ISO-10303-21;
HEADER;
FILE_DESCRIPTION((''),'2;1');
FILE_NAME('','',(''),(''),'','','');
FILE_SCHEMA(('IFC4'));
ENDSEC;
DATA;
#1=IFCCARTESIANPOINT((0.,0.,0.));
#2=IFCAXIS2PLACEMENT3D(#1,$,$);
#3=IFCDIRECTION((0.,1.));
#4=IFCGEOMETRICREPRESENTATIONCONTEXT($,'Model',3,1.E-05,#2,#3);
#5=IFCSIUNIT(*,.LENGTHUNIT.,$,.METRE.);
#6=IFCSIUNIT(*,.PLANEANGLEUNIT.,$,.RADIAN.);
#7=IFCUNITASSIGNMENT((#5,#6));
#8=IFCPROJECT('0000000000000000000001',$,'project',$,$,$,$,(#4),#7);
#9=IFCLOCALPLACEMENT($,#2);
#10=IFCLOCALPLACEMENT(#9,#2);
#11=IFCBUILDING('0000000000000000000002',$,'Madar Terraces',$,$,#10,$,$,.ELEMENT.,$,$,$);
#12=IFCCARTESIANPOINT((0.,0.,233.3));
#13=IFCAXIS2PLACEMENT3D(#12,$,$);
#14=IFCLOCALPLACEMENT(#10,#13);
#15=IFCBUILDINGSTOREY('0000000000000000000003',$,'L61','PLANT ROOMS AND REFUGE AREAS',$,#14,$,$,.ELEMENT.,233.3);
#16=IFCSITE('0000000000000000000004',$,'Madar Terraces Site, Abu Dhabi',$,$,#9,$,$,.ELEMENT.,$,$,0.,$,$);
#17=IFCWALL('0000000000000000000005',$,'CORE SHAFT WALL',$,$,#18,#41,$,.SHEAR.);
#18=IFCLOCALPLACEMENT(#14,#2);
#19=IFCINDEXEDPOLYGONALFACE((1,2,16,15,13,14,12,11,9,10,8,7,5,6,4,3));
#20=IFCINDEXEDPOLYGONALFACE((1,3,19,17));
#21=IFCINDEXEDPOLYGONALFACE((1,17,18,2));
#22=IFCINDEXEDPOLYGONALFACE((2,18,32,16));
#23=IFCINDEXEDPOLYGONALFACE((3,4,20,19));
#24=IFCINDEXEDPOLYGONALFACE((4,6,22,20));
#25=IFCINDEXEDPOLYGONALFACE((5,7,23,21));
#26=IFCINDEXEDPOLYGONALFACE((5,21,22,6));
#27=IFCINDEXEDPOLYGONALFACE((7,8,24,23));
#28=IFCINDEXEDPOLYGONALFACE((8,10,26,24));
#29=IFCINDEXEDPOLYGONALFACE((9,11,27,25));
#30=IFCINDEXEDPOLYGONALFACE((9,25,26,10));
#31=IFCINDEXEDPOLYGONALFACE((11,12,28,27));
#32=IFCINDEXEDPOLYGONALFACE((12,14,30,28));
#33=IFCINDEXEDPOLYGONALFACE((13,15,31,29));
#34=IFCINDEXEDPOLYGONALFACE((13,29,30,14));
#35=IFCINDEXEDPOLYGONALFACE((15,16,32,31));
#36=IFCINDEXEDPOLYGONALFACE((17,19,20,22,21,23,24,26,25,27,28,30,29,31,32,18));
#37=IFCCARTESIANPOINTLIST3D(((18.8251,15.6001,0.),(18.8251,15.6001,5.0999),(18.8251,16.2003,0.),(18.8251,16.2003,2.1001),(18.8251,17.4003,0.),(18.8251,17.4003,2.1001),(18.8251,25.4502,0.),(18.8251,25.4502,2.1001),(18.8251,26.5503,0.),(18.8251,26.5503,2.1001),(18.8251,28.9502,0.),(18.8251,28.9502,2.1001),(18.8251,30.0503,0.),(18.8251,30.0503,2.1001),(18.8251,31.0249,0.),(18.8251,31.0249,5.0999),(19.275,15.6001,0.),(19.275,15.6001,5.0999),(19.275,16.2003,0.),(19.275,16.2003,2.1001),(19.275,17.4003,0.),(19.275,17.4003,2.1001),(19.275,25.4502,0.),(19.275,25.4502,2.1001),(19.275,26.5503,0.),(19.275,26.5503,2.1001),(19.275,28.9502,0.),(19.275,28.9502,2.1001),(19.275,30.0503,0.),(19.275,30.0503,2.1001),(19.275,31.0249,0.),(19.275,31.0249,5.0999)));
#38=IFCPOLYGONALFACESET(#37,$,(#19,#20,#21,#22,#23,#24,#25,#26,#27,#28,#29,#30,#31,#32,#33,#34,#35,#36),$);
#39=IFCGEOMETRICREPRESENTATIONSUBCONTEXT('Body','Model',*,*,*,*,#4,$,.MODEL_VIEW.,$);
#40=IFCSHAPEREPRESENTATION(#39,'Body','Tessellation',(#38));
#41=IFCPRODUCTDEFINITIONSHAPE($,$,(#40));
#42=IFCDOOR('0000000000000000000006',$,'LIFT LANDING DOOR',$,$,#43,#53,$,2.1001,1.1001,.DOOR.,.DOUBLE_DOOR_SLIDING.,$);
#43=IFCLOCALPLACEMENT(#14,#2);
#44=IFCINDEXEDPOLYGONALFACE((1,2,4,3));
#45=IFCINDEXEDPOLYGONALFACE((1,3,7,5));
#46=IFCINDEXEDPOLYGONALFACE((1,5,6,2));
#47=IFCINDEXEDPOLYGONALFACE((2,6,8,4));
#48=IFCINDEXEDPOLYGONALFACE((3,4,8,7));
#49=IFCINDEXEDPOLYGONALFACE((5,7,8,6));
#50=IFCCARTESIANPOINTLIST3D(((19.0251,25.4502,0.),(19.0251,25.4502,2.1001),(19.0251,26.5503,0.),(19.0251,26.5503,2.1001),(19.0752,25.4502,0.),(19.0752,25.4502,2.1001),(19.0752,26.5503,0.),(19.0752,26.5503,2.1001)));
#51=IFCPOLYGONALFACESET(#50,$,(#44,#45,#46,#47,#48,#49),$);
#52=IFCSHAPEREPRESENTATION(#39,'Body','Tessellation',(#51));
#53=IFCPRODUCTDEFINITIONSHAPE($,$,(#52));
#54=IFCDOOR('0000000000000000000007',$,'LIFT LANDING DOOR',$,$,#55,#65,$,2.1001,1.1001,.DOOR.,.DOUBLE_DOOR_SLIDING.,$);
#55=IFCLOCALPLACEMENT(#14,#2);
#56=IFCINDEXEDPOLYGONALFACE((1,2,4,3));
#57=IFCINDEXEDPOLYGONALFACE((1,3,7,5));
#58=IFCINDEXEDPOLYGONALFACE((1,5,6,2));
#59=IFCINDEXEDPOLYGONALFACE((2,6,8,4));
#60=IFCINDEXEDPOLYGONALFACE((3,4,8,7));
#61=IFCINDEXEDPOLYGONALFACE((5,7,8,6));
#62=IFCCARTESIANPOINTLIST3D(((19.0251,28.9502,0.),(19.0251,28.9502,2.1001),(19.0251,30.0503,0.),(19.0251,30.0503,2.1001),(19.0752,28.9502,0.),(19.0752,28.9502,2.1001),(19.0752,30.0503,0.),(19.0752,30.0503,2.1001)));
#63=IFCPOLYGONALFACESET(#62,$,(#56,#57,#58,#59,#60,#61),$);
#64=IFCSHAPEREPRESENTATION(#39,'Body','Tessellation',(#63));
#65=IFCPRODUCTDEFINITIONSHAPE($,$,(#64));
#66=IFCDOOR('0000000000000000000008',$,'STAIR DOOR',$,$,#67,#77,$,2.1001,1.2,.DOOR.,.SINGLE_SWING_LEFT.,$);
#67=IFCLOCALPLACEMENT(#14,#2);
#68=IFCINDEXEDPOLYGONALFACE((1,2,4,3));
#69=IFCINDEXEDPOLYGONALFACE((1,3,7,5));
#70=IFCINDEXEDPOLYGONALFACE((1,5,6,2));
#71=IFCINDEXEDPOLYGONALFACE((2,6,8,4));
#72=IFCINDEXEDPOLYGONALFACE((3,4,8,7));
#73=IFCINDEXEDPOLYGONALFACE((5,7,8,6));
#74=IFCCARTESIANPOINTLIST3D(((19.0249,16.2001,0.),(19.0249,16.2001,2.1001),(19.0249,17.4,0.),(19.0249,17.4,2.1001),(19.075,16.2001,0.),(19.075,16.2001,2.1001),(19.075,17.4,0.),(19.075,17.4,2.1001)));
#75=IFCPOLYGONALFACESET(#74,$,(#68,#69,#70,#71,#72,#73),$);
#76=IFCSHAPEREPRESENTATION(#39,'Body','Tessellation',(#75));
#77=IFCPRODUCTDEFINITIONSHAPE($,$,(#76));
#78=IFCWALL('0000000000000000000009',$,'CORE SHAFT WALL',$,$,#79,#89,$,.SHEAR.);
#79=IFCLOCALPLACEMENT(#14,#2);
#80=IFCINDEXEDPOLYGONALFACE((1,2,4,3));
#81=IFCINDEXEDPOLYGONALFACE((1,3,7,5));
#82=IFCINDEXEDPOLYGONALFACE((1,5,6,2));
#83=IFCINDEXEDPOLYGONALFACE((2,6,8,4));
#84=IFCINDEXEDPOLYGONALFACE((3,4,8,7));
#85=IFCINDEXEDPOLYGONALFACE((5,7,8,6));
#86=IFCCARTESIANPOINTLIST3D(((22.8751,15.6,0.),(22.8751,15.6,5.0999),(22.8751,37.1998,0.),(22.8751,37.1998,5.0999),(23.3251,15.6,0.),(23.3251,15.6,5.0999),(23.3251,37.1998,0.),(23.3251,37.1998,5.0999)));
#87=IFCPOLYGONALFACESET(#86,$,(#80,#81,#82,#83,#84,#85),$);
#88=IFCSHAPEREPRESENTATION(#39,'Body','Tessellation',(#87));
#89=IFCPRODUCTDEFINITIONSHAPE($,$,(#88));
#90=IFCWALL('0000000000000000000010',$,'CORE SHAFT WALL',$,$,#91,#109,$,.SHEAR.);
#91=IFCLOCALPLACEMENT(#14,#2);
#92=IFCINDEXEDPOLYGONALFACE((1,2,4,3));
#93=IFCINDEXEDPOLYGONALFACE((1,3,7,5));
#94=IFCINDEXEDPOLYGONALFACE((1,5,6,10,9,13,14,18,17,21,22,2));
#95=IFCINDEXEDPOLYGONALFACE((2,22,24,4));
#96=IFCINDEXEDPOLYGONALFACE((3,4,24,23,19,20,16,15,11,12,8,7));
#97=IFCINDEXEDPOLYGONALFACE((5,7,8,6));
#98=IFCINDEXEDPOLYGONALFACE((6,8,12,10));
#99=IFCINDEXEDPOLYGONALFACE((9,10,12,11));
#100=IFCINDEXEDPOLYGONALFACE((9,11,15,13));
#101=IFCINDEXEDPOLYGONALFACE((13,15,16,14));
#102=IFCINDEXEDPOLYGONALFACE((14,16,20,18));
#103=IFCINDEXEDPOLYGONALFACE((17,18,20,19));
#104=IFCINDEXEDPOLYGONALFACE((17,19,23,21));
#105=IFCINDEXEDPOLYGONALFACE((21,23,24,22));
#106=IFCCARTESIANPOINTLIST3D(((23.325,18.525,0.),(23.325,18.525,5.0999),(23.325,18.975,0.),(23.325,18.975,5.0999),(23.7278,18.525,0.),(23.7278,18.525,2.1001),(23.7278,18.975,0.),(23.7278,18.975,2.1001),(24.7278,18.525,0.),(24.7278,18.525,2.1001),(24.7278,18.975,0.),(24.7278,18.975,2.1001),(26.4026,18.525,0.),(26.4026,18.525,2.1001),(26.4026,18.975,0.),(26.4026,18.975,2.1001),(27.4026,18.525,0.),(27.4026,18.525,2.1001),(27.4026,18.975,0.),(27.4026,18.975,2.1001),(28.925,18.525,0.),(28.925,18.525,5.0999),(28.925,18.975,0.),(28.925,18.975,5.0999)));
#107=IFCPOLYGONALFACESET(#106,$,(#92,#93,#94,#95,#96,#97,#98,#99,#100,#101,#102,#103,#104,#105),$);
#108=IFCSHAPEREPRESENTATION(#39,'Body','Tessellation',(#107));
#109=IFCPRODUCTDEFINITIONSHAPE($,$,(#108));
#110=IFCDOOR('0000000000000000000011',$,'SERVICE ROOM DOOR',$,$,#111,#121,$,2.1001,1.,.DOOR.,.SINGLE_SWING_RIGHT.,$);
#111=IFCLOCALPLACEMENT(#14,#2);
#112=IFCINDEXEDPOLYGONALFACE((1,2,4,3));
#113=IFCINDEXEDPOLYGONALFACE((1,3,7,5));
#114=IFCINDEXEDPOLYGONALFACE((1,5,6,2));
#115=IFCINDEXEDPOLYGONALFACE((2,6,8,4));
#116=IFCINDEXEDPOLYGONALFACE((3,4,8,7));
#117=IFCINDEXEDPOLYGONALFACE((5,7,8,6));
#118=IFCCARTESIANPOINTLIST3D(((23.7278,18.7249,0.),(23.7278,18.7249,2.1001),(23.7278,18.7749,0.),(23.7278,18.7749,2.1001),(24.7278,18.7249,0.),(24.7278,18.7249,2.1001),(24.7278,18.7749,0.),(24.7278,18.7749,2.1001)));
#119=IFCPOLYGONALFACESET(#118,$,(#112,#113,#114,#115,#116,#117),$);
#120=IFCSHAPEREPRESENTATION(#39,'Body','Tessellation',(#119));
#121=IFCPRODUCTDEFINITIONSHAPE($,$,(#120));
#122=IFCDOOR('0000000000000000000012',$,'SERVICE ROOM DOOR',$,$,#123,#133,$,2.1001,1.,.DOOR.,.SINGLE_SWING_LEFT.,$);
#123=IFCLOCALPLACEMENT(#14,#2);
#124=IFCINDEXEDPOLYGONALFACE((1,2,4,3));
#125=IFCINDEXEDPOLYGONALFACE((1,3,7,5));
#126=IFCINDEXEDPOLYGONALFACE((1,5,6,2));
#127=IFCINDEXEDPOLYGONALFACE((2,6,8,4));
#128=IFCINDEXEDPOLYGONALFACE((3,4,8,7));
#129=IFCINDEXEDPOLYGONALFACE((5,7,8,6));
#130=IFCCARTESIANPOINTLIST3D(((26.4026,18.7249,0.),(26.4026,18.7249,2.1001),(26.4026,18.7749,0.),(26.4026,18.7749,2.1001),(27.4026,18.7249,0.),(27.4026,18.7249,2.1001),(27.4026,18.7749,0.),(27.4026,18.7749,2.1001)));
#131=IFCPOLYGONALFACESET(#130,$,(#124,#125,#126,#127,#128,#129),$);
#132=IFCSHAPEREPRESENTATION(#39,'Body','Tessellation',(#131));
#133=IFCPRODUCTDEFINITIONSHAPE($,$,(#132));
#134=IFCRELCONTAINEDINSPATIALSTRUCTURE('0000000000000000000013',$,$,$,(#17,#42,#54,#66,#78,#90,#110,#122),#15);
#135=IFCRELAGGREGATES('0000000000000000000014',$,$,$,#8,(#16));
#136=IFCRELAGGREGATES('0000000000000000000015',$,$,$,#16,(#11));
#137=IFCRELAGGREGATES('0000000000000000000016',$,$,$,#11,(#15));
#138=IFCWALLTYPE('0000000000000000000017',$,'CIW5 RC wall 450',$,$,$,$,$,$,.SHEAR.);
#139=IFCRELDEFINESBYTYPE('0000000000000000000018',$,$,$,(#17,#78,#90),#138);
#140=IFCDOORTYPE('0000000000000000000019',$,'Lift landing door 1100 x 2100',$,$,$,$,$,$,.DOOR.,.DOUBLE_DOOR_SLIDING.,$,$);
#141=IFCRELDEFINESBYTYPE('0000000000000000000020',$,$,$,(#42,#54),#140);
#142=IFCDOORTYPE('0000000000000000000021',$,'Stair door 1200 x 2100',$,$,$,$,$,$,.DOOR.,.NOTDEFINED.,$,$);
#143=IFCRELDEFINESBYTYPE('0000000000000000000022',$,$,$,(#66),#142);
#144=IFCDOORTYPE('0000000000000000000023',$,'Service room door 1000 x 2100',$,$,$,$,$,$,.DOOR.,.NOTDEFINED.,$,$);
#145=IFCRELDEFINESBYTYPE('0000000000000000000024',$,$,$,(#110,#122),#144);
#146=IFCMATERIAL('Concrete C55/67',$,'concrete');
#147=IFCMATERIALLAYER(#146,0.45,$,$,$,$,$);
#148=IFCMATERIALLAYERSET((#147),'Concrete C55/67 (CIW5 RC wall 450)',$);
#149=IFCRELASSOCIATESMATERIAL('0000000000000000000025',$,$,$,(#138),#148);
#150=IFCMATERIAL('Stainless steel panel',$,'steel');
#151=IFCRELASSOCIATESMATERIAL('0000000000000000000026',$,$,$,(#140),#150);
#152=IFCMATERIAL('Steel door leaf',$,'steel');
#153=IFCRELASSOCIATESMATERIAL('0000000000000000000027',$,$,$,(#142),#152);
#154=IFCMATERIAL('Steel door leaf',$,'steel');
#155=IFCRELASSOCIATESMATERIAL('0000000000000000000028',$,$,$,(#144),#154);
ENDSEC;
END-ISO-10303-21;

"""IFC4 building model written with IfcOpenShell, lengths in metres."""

from ifc_helpers import new_model, si_unit, direction, frame, frame_2d, origin, place, context, subcontext, project, spatial, rectangle, extrude, material, layer, layer_set, type_object, element, fill, save


model = new_model("IFC4")

# Units and contexts
model_context = context("Model", 3, precision=1e-05, world=origin(), true_north=direction((0.0, 1.0)))
body_context = subcontext(model_context, "Body", "Model", "MODEL_VIEW")
ifc_project = project(units=[si_unit("LENGTHUNIT", "METRE"), si_unit("PLANEANGLEUNIT", "RADIAN")], contexts=[model_context])

# Site, building, storey
site_placement = place(None, origin())
site = spatial("IfcSite", under=ifc_project, at=site_placement, Name="Madar Terraces Site, Abu Dhabi", CompositionType="ELEMENT", RefElevation=0.0)
building_placement = place(site_placement, origin())
building = spatial("IfcBuilding", under=site, at=building_placement, Name="Madar Terraces", CompositionType="ELEMENT")
storey_placement = place(building_placement, frame((0.0, 0.0, 233.3)))
storey = spatial("IfcBuildingStorey", under=building, at=storey_placement, Name="L61", Description="PLANT ROOMS AND REFUGE AREAS", CompositionType="ELEMENT", Elevation=233.3)

# Wall, openings, doors
ifc_material_1 = material(Name="Concrete C55/67", Category="concrete")
ifc_layer_1 = layer(ifc_material_1, 0.45)
ifc_layer_set_1 = layer_set([ifc_layer_1], Name="Concrete C55/67 (CIW5 RC wall 450)")
wall_type_1 = type_object("IfcWallType", Name="CIW5 RC wall 450", PredefinedType="SHEAR", material=ifc_layer_set_1)
wall_1_placement = place(storey_placement, frame((19.05, 15.6001, 0.0), z_axis=(0.0, 0.0, 1.0), x_axis=(0.0, 1.0, 0.0)))
wall_1 = element("IfcWall", 1, at=wall_1_placement, inside=storey, type_object=wall_type_1, Name="CORE SHAFT WALL", PredefinedType="SHEAR", context=body_context, shape_type="SweptSolid", body=[
    extrude(rectangle(XDim=15.4248, YDim=0.45, at=frame_2d((7.7124, 0.0))), origin(), (0.0, 0.0, 1.0), 5.0999),
])
opening_1_placement = place(wall_1_placement, frame((9.8501, 0.0, 0.0)))
opening_1 = element("IfcOpeningElement", 2, at=opening_1_placement, cuts=wall_1, PredefinedType="OPENING", context=body_context, shape_type="SweptSolid", body=[
    extrude(rectangle(XDim=1.1001, YDim=2.1001, at=frame_2d((0.55, 1.05))), frame((0.0, 0.2349, 0.0), z_axis=(0.0, -1.0, 0.0), x_axis=(1.0, 0.0, 0.0)), (0.0, 0.0, 1.0), 0.47),
])
opening_2_placement = place(wall_1_placement, frame((13.3501, 0.0, 0.0)))
opening_2 = element("IfcOpeningElement", 3, at=opening_2_placement, cuts=wall_1, PredefinedType="OPENING", context=body_context, shape_type="SweptSolid", body=[
    extrude(rectangle(XDim=1.1001, YDim=2.1001, at=frame_2d((0.55, 1.05))), frame((0.0, 0.2349, 0.0), z_axis=(0.0, -1.0, 0.0), x_axis=(1.0, 0.0, 0.0)), (0.0, 0.0, 1.0), 0.47),
])
opening_3_placement = place(wall_1_placement, frame((0.6001, 0.0, 0.0)))
opening_3 = element("IfcOpeningElement", 4, at=opening_3_placement, cuts=wall_1, PredefinedType="OPENING", context=body_context, shape_type="SweptSolid", body=[
    extrude(rectangle(XDim=1.2, YDim=2.1001, at=frame_2d((0.6001, 1.05))), frame((0.0, 0.2349, 0.0), z_axis=(0.0, -1.0, 0.0), x_axis=(1.0, 0.0, 0.0)), (0.0, 0.0, 1.0), 0.47),
])
ifc_material_2 = material(Name="Stainless steel panel", Category="steel")
door_type_1 = type_object("IfcDoorType", Name="Lift landing door 1100 x 2100", OperationType="DOUBLE_DOOR_SLIDING", PredefinedType="DOOR", material=ifc_material_2)
door_1_placement = place(opening_1_placement, origin())
door_1 = element("IfcDoor", 5, at=door_1_placement, inside=storey, type_object=door_type_1, Name="LIFT LANDING DOOR", OperationType="DOUBLE_DOOR_SLIDING", OverallHeight=2.1001, OverallWidth=1.1001, PredefinedType="DOOR", context=body_context, shape_type="SweptSolid", body=[
    extrude(rectangle(XDim=1.1001, YDim=2.1001, at=frame_2d((0.55, 1.05))), frame((0.0, 0.0249, 0.0), z_axis=(0.0, -1.0, 0.0), x_axis=(1.0, 0.0, 0.0)), (0.0, 0.0, 1.0), 0.05),
])
fill(opening_1, door_1)
door_2_placement = place(opening_2_placement, origin())
door_2 = element("IfcDoor", 6, at=door_2_placement, inside=storey, type_object=door_type_1, Name="LIFT LANDING DOOR", OperationType="DOUBLE_DOOR_SLIDING", OverallHeight=2.1001, OverallWidth=1.1001, PredefinedType="DOOR", context=body_context, shape_type="SweptSolid", body=[
    extrude(rectangle(XDim=1.1001, YDim=2.1001, at=frame_2d((0.55, 1.05))), frame((0.0, 0.0249, 0.0), z_axis=(0.0, -1.0, 0.0), x_axis=(1.0, 0.0, 0.0)), (0.0, 0.0, 1.0), 0.05),
])
fill(opening_2, door_2)
ifc_material_3 = material(Name="Steel door leaf", Category="steel")
door_type_2 = type_object("IfcDoorType", Name="Stair door 1200 x 2100", OperationType="NOTDEFINED", PredefinedType="DOOR", material=ifc_material_3)
door_3_placement = place(opening_3_placement, frame((1.2, 0.0, 0.0), z_axis=(0.0, 0.0, 1.0), x_axis=(-1.0, 0.0, 0.0)))
door_3 = element("IfcDoor", 7, at=door_3_placement, inside=storey, type_object=door_type_2, Name="STAIR DOOR", OperationType="SINGLE_SWING_LEFT", OverallHeight=2.1001, OverallWidth=1.2, PredefinedType="DOOR", context=body_context, shape_type="SweptSolid", body=[
    extrude(rectangle(XDim=1.2, YDim=2.1001, at=frame_2d((0.6001, 1.05))), frame((0.0, 0.0249, 0.0), z_axis=(0.0, -1.0, 0.0), x_axis=(1.0, 0.0, 0.0)), (0.0, 0.0, 1.0), 0.05),
])
fill(opening_3, door_3)

# Wall
wall_2_placement = place(storey_placement, frame((23.1001, 15.6001, 0.0), z_axis=(0.0, 0.0, 1.0), x_axis=(0.0, 1.0, 0.0)))
element("IfcWall", 8, at=wall_2_placement, inside=storey, type_object=wall_type_1, Name="CORE SHAFT WALL", PredefinedType="SHEAR", context=body_context, shape_type="SweptSolid", body=[
    extrude(rectangle(XDim=21.5999, YDim=0.45, at=frame_2d((10.7998, 0.0))), origin(), (0.0, 0.0, 1.0), 5.0999),
])

# Wall, openings, doors
wall_3_placement = place(storey_placement, frame((23.325, 18.75, 0.0), z_axis=(0.0, 0.0, 1.0), x_axis=(1.0, 0.0, 0.0)))
wall_3 = element("IfcWall", 9, at=wall_3_placement, inside=storey, type_object=wall_type_1, Name="CORE SHAFT WALL", PredefinedType="SHEAR", context=body_context, shape_type="SweptSolid", body=[
    extrude(rectangle(XDim=5.6001, YDim=0.45, at=frame_2d((2.8, 0.0))), origin(), (0.0, 0.0, 1.0), 5.0999),
])
opening_4_placement = place(wall_3_placement, frame((0.4028, 0.0, 0.0)))
opening_4 = element("IfcOpeningElement", 10, at=opening_4_placement, cuts=wall_3, PredefinedType="OPENING", context=body_context, shape_type="SweptSolid", body=[
    extrude(rectangle(XDim=1.0, YDim=2.1001, at=frame_2d((0.5, 1.05))), frame((0.0, 0.2349, 0.0), z_axis=(0.0, -1.0, 0.0), x_axis=(1.0, 0.0, 0.0)), (0.0, 0.0, 1.0), 0.47),
])
opening_5_placement = place(wall_3_placement, frame((3.0776, 0.0, 0.0)))
opening_5 = element("IfcOpeningElement", 11, at=opening_5_placement, cuts=wall_3, PredefinedType="OPENING", context=body_context, shape_type="SweptSolid", body=[
    extrude(rectangle(XDim=1.0, YDim=2.1001, at=frame_2d((0.5, 1.05))), frame((0.0, 0.2349, 0.0), z_axis=(0.0, -1.0, 0.0), x_axis=(1.0, 0.0, 0.0)), (0.0, 0.0, 1.0), 0.47),
])
ifc_material_4 = material(Name="Steel door leaf", Category="steel")
door_type_3 = type_object("IfcDoorType", Name="Service room door 1000 x 2100", OperationType="NOTDEFINED", PredefinedType="DOOR", material=ifc_material_4)
door_4_placement = place(opening_4_placement, origin())
door_4 = element("IfcDoor", 12, at=door_4_placement, inside=storey, type_object=door_type_3, Name="SERVICE ROOM DOOR", OperationType="SINGLE_SWING_RIGHT", OverallHeight=2.1001, OverallWidth=1.0, PredefinedType="DOOR", context=body_context, shape_type="SweptSolid", body=[
    extrude(rectangle(XDim=1.0, YDim=2.1001, at=frame_2d((0.5, 1.05))), frame((0.0, 0.0249, 0.0), z_axis=(0.0, -1.0, 0.0), x_axis=(1.0, 0.0, 0.0)), (0.0, 0.0, 1.0), 0.05),
])
fill(opening_4, door_4)
door_5_placement = place(opening_5_placement, origin())
door_5 = element("IfcDoor", 13, at=door_5_placement, inside=storey, type_object=door_type_3, Name="SERVICE ROOM DOOR", OperationType="SINGLE_SWING_LEFT", OverallHeight=2.1001, OverallWidth=1.0, PredefinedType="DOOR", context=body_context, shape_type="SweptSolid", body=[
    extrude(rectangle(XDim=1.0, YDim=2.1001, at=frame_2d((0.5, 1.05))), frame((0.0, 0.0249, 0.0), z_axis=(0.0, -1.0, 0.0), x_axis=(1.0, 0.0, 0.0)), (0.0, 0.0, 1.0), 0.05),
])
fill(opening_5, door_5)

save(model, "model.ifc")
